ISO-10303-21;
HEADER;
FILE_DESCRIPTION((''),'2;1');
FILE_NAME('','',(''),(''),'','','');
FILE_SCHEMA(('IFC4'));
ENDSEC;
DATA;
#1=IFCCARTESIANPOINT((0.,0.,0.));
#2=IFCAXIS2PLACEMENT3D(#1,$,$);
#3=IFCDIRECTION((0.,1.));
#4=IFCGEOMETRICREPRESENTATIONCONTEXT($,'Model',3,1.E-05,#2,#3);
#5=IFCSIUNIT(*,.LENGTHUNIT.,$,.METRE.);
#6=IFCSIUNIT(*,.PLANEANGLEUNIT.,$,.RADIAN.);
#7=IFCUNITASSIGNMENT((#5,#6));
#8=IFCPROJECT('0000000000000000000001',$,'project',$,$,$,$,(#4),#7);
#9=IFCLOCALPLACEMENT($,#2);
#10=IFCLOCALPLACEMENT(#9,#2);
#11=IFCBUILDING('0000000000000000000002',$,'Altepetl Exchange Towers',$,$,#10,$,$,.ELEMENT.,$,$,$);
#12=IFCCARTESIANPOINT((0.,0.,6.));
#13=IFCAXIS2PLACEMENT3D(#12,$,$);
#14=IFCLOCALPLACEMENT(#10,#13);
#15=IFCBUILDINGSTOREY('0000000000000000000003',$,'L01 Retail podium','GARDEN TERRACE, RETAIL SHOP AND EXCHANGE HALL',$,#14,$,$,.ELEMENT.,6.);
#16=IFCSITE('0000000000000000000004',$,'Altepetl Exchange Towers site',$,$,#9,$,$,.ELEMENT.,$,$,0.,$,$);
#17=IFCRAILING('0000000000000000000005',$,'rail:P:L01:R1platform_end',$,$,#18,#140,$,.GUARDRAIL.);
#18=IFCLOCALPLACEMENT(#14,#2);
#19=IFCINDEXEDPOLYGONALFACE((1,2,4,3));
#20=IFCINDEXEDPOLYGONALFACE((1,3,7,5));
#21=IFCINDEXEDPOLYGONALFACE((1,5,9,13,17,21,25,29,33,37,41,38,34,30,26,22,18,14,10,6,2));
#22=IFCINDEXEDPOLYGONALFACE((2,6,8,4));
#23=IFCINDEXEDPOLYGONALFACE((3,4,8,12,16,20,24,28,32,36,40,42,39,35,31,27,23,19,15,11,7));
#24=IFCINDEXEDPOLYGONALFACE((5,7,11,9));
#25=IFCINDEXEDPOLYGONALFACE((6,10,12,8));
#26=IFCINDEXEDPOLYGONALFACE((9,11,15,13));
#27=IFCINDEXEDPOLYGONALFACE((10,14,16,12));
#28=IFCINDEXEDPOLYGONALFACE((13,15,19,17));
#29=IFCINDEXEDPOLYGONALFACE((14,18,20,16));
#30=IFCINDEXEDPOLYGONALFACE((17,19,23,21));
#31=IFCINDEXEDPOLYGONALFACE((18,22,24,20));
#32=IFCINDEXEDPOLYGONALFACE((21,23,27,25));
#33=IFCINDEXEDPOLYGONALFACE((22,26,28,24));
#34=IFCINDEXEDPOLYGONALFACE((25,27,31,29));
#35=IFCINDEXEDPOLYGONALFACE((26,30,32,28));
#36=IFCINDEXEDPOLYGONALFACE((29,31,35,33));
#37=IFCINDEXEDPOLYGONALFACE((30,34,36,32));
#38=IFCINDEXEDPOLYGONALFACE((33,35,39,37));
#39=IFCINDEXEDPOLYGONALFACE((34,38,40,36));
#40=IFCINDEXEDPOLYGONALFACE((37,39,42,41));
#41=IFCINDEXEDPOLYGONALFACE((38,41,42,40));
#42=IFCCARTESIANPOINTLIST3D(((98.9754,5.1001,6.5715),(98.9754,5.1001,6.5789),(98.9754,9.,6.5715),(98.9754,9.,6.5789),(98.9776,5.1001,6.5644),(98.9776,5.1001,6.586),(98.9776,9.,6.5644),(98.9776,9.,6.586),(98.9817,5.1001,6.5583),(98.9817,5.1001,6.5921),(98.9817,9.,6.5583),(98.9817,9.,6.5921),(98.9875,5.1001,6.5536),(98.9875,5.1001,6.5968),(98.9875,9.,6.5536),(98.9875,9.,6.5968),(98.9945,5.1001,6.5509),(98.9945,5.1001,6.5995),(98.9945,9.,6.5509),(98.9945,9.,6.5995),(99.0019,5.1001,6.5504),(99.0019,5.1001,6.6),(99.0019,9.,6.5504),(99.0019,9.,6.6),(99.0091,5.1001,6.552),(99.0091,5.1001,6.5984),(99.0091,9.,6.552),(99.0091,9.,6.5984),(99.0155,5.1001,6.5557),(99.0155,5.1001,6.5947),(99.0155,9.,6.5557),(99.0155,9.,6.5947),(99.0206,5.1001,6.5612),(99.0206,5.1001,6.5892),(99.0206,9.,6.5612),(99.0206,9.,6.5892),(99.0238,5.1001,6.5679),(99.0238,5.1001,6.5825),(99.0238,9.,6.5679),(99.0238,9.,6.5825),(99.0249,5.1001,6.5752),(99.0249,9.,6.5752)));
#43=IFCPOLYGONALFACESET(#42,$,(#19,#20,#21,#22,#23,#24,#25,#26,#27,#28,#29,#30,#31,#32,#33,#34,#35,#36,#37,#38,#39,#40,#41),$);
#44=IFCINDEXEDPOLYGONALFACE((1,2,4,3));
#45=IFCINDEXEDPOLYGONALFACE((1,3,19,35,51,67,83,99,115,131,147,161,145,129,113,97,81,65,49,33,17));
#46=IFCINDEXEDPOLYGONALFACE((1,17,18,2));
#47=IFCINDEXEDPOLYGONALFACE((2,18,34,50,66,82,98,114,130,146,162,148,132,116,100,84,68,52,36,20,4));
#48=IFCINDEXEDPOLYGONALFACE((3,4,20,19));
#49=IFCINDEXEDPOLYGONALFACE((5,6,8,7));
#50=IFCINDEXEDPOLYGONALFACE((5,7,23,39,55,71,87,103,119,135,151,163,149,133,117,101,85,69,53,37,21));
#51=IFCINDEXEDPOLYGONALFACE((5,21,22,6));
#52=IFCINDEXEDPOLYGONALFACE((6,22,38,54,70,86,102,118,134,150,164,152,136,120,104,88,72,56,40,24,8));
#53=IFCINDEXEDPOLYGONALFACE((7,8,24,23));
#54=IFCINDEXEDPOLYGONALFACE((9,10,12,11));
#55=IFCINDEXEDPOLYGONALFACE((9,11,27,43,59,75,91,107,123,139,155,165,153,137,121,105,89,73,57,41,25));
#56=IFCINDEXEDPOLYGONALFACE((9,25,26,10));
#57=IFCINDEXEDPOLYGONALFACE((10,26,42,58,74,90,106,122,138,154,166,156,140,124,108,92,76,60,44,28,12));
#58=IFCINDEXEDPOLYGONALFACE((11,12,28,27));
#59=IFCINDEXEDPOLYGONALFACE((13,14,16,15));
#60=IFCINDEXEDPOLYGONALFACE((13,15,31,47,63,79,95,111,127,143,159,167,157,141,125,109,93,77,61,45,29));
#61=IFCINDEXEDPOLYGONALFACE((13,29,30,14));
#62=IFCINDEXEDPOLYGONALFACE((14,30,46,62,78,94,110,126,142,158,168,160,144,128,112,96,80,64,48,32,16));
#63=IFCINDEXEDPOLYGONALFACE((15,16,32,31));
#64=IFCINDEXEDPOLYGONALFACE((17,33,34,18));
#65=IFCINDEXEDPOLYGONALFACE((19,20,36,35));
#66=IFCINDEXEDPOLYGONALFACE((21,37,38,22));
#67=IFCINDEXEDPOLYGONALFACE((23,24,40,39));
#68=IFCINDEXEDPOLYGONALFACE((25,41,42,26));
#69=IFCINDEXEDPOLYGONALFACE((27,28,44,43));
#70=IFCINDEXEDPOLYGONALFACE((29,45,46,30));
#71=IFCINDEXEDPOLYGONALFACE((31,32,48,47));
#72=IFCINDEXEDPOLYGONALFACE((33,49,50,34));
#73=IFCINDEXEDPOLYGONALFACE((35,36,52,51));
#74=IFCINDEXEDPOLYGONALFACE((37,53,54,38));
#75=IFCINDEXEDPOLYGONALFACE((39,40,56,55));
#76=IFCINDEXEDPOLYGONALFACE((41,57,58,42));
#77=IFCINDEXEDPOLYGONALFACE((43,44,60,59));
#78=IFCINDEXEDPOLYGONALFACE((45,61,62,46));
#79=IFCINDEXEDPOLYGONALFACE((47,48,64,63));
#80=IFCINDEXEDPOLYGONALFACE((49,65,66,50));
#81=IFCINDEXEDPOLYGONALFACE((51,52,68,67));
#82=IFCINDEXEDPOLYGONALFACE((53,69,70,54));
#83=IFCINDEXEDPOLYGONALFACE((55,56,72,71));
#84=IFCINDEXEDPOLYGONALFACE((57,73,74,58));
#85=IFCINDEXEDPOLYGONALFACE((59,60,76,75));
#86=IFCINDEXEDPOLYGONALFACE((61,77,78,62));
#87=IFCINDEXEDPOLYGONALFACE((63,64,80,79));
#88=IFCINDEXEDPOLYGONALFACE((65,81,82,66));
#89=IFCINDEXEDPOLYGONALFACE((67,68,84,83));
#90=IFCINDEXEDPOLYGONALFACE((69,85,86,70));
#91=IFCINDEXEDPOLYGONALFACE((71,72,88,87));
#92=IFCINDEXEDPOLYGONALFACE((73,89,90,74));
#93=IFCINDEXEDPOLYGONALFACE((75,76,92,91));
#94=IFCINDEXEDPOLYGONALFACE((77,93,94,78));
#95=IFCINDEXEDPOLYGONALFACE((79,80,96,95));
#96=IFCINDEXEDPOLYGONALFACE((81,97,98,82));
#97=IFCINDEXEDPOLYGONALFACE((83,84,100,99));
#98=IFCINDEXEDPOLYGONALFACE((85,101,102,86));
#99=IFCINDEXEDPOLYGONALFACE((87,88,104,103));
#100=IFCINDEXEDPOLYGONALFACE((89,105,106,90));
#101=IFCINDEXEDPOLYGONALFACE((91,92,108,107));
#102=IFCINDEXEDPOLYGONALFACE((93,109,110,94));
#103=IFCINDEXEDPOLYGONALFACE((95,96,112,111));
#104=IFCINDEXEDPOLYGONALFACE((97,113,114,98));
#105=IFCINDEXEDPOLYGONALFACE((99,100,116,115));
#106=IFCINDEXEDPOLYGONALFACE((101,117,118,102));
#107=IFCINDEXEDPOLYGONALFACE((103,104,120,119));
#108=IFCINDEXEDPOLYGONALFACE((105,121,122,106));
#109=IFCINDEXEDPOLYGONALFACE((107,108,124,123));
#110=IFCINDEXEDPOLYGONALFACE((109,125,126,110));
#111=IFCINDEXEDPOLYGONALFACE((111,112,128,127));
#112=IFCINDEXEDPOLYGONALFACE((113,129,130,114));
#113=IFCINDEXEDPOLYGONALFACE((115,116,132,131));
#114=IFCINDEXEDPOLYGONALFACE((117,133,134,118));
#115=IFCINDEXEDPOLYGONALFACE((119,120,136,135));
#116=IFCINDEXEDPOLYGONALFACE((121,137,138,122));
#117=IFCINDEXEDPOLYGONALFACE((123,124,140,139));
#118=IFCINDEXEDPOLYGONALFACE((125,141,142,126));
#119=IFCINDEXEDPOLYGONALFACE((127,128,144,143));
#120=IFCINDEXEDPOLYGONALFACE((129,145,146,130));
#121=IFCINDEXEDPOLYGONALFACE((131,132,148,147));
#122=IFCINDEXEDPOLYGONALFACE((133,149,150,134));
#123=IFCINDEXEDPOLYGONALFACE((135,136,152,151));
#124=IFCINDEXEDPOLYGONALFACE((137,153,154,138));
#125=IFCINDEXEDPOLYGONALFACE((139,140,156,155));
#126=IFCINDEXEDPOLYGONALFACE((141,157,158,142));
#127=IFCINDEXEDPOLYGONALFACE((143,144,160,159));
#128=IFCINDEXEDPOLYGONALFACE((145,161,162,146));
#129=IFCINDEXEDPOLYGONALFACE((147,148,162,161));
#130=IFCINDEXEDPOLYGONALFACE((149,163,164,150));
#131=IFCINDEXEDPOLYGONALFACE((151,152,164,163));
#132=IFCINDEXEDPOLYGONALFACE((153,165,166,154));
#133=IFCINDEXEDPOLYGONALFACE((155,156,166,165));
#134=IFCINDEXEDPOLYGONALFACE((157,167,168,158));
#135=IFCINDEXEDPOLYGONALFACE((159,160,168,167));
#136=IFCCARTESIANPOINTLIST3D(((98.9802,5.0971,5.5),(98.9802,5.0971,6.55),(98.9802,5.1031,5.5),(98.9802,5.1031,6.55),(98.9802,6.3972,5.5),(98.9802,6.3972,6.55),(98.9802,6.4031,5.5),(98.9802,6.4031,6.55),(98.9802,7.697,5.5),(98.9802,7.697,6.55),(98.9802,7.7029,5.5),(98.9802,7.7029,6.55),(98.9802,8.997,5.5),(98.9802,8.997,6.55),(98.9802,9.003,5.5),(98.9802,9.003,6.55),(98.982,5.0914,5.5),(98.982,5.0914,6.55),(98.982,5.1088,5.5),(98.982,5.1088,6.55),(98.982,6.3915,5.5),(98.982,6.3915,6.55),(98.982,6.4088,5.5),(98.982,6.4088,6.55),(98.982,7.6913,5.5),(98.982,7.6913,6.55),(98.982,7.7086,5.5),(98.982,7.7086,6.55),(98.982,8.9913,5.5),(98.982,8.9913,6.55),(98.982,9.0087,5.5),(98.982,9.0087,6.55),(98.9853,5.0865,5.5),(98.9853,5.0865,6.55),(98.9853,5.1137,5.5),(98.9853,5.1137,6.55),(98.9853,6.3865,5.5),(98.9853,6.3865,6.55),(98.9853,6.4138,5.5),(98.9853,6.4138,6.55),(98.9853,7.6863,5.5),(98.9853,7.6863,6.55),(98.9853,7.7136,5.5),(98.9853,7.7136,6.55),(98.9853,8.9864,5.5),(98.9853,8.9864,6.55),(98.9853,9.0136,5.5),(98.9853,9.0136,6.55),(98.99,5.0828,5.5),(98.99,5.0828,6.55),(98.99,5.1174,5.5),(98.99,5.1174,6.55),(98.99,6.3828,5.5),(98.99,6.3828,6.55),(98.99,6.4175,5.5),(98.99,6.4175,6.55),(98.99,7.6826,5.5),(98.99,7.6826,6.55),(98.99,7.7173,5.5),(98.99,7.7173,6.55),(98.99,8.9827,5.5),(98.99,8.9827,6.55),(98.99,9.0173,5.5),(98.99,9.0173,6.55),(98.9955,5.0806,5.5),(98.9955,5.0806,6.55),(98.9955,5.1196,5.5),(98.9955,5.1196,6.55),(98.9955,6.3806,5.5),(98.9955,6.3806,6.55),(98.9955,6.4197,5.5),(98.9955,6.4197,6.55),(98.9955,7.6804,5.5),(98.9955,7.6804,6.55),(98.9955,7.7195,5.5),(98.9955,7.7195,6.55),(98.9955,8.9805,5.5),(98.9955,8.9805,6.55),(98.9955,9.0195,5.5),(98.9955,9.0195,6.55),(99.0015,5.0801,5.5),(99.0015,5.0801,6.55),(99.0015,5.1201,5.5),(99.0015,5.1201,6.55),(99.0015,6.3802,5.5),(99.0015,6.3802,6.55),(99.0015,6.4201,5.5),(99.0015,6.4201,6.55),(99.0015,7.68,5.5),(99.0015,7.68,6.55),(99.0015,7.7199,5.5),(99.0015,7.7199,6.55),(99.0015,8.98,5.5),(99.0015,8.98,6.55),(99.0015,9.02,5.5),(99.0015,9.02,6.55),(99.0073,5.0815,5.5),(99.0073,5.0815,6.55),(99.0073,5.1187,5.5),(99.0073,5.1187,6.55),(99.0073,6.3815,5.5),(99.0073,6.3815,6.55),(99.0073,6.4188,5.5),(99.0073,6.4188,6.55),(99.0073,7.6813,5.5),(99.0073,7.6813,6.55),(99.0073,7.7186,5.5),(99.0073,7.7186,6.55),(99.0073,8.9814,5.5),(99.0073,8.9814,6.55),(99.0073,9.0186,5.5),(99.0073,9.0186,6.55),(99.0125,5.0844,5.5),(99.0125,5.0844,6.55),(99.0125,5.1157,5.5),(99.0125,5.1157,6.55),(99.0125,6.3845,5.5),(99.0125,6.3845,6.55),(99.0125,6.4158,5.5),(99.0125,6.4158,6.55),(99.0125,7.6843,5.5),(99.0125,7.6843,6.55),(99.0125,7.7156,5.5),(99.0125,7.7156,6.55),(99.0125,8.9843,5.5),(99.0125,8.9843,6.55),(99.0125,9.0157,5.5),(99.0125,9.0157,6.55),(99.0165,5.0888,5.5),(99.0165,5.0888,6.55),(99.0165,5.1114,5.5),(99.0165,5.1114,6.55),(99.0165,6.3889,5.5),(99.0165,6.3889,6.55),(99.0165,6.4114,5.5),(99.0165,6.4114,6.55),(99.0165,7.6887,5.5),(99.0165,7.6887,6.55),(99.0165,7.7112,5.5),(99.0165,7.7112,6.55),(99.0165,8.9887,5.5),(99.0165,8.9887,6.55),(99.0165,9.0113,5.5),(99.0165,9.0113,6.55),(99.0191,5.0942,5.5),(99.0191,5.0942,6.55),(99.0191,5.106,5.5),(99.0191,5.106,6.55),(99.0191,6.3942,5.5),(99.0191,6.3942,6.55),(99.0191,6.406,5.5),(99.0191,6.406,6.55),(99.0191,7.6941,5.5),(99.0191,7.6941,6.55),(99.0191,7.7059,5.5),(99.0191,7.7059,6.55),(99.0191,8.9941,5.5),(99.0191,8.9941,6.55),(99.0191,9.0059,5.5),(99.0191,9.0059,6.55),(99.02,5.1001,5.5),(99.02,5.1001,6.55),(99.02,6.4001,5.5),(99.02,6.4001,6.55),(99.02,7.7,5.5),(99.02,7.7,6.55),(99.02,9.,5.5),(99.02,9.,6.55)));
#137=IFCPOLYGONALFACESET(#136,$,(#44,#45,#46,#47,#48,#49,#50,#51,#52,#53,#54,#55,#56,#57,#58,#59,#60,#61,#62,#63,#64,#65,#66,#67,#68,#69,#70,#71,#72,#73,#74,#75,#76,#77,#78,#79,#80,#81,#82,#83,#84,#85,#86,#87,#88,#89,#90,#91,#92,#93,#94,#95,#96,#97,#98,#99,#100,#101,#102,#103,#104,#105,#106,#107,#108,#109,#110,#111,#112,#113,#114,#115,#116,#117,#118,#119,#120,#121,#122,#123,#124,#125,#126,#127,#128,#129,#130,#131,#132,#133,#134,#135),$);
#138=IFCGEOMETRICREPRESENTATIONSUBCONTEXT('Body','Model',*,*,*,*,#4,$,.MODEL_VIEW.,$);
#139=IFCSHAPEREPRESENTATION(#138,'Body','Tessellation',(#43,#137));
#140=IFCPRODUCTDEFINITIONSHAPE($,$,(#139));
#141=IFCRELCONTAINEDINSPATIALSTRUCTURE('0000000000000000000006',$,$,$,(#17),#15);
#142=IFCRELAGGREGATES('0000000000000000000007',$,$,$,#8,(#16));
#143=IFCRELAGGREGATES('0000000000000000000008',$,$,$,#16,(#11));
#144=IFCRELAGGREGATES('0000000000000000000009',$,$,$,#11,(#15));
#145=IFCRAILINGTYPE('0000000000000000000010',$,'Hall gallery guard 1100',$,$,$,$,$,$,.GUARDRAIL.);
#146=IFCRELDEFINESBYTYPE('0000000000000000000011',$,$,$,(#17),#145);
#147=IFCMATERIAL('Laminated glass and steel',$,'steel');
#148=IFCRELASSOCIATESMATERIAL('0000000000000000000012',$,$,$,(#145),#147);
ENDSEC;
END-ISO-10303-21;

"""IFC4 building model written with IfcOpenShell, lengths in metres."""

from ifc_helpers import new_model, si_unit, direction, frame, origin, origin_2d, place, context, subcontext, project, spatial, circle, extrude, source, transform, mapped, material, type_object, element, save


model = new_model("IFC4")

# Units and contexts
model_context = context("Model", 3, precision=1e-05, world=origin(), true_north=direction((0.0, 1.0)))
body_context = subcontext(model_context, "Body", "Model", "MODEL_VIEW")
ifc_project = project(units=[si_unit("LENGTHUNIT", "METRE"), si_unit("PLANEANGLEUNIT", "RADIAN")], contexts=[model_context])

# Site, building, storey
site_placement = place(None, origin())
site = spatial("IfcSite", under=ifc_project, at=site_placement, Name="Altepetl Exchange Towers site", CompositionType="ELEMENT", RefElevation=0.0)
building_placement = place(site_placement, origin())
building = spatial("IfcBuilding", under=site, at=building_placement, Name="Altepetl Exchange Towers", CompositionType="ELEMENT")
storey_placement = place(building_placement, frame((0.0, 0.0, 6.0)))
storey = spatial("IfcBuildingStorey", under=building, at=storey_placement, Name="L01 Retail podium", Description="GARDEN TERRACE, RETAIL SHOP AND EXCHANGE HALL", CompositionType="ELEMENT", Elevation=6.0)

# Railing
ifc_material_1 = material(Name="Laminated glass and steel", Category="steel")
railing_type_1 = type_object("IfcRailingType", Name="Hall gallery guard 1100", PredefinedType="GUARDRAIL", material=ifc_material_1)
shared_shape_1 = source(origin(), body_context, "Body", "SweptSolid", [
    extrude(circle(Radius=0.02, at=origin_2d()), origin(), (0.0, 0.0, 1.0), 1.05),
])
railing_1_placement = place(storey_placement, frame((99.0, 9.0, 5.5)))
element("IfcRailing", 1, at=railing_1_placement, inside=storey, type_object=railing_type_1, Name="rail:P:L01:R1platform_end", PredefinedType="GUARDRAIL", context=body_context, shape_type="SweptSolid", body=[
    extrude(circle(Radius=0.0249, at=origin_2d()), frame((0.0, 0.0, 1.0752), z_axis=(0.0, -1.0, 0.0), x_axis=(1.0, 0.0, 0.0)), (0.0, 0.0, 1.0), 3.8999),
    mapped(shared_shape_1, transform((0.0, 0.0, 0.0))),
    mapped(shared_shape_1, transform((0.0, -1.3, 0.0))),
    mapped(shared_shape_1, transform((0.0, -2.5999, 0.0))),
    mapped(shared_shape_1, transform((0.0, -3.8999, 0.0))),
])

save(model, "model.ifc")
